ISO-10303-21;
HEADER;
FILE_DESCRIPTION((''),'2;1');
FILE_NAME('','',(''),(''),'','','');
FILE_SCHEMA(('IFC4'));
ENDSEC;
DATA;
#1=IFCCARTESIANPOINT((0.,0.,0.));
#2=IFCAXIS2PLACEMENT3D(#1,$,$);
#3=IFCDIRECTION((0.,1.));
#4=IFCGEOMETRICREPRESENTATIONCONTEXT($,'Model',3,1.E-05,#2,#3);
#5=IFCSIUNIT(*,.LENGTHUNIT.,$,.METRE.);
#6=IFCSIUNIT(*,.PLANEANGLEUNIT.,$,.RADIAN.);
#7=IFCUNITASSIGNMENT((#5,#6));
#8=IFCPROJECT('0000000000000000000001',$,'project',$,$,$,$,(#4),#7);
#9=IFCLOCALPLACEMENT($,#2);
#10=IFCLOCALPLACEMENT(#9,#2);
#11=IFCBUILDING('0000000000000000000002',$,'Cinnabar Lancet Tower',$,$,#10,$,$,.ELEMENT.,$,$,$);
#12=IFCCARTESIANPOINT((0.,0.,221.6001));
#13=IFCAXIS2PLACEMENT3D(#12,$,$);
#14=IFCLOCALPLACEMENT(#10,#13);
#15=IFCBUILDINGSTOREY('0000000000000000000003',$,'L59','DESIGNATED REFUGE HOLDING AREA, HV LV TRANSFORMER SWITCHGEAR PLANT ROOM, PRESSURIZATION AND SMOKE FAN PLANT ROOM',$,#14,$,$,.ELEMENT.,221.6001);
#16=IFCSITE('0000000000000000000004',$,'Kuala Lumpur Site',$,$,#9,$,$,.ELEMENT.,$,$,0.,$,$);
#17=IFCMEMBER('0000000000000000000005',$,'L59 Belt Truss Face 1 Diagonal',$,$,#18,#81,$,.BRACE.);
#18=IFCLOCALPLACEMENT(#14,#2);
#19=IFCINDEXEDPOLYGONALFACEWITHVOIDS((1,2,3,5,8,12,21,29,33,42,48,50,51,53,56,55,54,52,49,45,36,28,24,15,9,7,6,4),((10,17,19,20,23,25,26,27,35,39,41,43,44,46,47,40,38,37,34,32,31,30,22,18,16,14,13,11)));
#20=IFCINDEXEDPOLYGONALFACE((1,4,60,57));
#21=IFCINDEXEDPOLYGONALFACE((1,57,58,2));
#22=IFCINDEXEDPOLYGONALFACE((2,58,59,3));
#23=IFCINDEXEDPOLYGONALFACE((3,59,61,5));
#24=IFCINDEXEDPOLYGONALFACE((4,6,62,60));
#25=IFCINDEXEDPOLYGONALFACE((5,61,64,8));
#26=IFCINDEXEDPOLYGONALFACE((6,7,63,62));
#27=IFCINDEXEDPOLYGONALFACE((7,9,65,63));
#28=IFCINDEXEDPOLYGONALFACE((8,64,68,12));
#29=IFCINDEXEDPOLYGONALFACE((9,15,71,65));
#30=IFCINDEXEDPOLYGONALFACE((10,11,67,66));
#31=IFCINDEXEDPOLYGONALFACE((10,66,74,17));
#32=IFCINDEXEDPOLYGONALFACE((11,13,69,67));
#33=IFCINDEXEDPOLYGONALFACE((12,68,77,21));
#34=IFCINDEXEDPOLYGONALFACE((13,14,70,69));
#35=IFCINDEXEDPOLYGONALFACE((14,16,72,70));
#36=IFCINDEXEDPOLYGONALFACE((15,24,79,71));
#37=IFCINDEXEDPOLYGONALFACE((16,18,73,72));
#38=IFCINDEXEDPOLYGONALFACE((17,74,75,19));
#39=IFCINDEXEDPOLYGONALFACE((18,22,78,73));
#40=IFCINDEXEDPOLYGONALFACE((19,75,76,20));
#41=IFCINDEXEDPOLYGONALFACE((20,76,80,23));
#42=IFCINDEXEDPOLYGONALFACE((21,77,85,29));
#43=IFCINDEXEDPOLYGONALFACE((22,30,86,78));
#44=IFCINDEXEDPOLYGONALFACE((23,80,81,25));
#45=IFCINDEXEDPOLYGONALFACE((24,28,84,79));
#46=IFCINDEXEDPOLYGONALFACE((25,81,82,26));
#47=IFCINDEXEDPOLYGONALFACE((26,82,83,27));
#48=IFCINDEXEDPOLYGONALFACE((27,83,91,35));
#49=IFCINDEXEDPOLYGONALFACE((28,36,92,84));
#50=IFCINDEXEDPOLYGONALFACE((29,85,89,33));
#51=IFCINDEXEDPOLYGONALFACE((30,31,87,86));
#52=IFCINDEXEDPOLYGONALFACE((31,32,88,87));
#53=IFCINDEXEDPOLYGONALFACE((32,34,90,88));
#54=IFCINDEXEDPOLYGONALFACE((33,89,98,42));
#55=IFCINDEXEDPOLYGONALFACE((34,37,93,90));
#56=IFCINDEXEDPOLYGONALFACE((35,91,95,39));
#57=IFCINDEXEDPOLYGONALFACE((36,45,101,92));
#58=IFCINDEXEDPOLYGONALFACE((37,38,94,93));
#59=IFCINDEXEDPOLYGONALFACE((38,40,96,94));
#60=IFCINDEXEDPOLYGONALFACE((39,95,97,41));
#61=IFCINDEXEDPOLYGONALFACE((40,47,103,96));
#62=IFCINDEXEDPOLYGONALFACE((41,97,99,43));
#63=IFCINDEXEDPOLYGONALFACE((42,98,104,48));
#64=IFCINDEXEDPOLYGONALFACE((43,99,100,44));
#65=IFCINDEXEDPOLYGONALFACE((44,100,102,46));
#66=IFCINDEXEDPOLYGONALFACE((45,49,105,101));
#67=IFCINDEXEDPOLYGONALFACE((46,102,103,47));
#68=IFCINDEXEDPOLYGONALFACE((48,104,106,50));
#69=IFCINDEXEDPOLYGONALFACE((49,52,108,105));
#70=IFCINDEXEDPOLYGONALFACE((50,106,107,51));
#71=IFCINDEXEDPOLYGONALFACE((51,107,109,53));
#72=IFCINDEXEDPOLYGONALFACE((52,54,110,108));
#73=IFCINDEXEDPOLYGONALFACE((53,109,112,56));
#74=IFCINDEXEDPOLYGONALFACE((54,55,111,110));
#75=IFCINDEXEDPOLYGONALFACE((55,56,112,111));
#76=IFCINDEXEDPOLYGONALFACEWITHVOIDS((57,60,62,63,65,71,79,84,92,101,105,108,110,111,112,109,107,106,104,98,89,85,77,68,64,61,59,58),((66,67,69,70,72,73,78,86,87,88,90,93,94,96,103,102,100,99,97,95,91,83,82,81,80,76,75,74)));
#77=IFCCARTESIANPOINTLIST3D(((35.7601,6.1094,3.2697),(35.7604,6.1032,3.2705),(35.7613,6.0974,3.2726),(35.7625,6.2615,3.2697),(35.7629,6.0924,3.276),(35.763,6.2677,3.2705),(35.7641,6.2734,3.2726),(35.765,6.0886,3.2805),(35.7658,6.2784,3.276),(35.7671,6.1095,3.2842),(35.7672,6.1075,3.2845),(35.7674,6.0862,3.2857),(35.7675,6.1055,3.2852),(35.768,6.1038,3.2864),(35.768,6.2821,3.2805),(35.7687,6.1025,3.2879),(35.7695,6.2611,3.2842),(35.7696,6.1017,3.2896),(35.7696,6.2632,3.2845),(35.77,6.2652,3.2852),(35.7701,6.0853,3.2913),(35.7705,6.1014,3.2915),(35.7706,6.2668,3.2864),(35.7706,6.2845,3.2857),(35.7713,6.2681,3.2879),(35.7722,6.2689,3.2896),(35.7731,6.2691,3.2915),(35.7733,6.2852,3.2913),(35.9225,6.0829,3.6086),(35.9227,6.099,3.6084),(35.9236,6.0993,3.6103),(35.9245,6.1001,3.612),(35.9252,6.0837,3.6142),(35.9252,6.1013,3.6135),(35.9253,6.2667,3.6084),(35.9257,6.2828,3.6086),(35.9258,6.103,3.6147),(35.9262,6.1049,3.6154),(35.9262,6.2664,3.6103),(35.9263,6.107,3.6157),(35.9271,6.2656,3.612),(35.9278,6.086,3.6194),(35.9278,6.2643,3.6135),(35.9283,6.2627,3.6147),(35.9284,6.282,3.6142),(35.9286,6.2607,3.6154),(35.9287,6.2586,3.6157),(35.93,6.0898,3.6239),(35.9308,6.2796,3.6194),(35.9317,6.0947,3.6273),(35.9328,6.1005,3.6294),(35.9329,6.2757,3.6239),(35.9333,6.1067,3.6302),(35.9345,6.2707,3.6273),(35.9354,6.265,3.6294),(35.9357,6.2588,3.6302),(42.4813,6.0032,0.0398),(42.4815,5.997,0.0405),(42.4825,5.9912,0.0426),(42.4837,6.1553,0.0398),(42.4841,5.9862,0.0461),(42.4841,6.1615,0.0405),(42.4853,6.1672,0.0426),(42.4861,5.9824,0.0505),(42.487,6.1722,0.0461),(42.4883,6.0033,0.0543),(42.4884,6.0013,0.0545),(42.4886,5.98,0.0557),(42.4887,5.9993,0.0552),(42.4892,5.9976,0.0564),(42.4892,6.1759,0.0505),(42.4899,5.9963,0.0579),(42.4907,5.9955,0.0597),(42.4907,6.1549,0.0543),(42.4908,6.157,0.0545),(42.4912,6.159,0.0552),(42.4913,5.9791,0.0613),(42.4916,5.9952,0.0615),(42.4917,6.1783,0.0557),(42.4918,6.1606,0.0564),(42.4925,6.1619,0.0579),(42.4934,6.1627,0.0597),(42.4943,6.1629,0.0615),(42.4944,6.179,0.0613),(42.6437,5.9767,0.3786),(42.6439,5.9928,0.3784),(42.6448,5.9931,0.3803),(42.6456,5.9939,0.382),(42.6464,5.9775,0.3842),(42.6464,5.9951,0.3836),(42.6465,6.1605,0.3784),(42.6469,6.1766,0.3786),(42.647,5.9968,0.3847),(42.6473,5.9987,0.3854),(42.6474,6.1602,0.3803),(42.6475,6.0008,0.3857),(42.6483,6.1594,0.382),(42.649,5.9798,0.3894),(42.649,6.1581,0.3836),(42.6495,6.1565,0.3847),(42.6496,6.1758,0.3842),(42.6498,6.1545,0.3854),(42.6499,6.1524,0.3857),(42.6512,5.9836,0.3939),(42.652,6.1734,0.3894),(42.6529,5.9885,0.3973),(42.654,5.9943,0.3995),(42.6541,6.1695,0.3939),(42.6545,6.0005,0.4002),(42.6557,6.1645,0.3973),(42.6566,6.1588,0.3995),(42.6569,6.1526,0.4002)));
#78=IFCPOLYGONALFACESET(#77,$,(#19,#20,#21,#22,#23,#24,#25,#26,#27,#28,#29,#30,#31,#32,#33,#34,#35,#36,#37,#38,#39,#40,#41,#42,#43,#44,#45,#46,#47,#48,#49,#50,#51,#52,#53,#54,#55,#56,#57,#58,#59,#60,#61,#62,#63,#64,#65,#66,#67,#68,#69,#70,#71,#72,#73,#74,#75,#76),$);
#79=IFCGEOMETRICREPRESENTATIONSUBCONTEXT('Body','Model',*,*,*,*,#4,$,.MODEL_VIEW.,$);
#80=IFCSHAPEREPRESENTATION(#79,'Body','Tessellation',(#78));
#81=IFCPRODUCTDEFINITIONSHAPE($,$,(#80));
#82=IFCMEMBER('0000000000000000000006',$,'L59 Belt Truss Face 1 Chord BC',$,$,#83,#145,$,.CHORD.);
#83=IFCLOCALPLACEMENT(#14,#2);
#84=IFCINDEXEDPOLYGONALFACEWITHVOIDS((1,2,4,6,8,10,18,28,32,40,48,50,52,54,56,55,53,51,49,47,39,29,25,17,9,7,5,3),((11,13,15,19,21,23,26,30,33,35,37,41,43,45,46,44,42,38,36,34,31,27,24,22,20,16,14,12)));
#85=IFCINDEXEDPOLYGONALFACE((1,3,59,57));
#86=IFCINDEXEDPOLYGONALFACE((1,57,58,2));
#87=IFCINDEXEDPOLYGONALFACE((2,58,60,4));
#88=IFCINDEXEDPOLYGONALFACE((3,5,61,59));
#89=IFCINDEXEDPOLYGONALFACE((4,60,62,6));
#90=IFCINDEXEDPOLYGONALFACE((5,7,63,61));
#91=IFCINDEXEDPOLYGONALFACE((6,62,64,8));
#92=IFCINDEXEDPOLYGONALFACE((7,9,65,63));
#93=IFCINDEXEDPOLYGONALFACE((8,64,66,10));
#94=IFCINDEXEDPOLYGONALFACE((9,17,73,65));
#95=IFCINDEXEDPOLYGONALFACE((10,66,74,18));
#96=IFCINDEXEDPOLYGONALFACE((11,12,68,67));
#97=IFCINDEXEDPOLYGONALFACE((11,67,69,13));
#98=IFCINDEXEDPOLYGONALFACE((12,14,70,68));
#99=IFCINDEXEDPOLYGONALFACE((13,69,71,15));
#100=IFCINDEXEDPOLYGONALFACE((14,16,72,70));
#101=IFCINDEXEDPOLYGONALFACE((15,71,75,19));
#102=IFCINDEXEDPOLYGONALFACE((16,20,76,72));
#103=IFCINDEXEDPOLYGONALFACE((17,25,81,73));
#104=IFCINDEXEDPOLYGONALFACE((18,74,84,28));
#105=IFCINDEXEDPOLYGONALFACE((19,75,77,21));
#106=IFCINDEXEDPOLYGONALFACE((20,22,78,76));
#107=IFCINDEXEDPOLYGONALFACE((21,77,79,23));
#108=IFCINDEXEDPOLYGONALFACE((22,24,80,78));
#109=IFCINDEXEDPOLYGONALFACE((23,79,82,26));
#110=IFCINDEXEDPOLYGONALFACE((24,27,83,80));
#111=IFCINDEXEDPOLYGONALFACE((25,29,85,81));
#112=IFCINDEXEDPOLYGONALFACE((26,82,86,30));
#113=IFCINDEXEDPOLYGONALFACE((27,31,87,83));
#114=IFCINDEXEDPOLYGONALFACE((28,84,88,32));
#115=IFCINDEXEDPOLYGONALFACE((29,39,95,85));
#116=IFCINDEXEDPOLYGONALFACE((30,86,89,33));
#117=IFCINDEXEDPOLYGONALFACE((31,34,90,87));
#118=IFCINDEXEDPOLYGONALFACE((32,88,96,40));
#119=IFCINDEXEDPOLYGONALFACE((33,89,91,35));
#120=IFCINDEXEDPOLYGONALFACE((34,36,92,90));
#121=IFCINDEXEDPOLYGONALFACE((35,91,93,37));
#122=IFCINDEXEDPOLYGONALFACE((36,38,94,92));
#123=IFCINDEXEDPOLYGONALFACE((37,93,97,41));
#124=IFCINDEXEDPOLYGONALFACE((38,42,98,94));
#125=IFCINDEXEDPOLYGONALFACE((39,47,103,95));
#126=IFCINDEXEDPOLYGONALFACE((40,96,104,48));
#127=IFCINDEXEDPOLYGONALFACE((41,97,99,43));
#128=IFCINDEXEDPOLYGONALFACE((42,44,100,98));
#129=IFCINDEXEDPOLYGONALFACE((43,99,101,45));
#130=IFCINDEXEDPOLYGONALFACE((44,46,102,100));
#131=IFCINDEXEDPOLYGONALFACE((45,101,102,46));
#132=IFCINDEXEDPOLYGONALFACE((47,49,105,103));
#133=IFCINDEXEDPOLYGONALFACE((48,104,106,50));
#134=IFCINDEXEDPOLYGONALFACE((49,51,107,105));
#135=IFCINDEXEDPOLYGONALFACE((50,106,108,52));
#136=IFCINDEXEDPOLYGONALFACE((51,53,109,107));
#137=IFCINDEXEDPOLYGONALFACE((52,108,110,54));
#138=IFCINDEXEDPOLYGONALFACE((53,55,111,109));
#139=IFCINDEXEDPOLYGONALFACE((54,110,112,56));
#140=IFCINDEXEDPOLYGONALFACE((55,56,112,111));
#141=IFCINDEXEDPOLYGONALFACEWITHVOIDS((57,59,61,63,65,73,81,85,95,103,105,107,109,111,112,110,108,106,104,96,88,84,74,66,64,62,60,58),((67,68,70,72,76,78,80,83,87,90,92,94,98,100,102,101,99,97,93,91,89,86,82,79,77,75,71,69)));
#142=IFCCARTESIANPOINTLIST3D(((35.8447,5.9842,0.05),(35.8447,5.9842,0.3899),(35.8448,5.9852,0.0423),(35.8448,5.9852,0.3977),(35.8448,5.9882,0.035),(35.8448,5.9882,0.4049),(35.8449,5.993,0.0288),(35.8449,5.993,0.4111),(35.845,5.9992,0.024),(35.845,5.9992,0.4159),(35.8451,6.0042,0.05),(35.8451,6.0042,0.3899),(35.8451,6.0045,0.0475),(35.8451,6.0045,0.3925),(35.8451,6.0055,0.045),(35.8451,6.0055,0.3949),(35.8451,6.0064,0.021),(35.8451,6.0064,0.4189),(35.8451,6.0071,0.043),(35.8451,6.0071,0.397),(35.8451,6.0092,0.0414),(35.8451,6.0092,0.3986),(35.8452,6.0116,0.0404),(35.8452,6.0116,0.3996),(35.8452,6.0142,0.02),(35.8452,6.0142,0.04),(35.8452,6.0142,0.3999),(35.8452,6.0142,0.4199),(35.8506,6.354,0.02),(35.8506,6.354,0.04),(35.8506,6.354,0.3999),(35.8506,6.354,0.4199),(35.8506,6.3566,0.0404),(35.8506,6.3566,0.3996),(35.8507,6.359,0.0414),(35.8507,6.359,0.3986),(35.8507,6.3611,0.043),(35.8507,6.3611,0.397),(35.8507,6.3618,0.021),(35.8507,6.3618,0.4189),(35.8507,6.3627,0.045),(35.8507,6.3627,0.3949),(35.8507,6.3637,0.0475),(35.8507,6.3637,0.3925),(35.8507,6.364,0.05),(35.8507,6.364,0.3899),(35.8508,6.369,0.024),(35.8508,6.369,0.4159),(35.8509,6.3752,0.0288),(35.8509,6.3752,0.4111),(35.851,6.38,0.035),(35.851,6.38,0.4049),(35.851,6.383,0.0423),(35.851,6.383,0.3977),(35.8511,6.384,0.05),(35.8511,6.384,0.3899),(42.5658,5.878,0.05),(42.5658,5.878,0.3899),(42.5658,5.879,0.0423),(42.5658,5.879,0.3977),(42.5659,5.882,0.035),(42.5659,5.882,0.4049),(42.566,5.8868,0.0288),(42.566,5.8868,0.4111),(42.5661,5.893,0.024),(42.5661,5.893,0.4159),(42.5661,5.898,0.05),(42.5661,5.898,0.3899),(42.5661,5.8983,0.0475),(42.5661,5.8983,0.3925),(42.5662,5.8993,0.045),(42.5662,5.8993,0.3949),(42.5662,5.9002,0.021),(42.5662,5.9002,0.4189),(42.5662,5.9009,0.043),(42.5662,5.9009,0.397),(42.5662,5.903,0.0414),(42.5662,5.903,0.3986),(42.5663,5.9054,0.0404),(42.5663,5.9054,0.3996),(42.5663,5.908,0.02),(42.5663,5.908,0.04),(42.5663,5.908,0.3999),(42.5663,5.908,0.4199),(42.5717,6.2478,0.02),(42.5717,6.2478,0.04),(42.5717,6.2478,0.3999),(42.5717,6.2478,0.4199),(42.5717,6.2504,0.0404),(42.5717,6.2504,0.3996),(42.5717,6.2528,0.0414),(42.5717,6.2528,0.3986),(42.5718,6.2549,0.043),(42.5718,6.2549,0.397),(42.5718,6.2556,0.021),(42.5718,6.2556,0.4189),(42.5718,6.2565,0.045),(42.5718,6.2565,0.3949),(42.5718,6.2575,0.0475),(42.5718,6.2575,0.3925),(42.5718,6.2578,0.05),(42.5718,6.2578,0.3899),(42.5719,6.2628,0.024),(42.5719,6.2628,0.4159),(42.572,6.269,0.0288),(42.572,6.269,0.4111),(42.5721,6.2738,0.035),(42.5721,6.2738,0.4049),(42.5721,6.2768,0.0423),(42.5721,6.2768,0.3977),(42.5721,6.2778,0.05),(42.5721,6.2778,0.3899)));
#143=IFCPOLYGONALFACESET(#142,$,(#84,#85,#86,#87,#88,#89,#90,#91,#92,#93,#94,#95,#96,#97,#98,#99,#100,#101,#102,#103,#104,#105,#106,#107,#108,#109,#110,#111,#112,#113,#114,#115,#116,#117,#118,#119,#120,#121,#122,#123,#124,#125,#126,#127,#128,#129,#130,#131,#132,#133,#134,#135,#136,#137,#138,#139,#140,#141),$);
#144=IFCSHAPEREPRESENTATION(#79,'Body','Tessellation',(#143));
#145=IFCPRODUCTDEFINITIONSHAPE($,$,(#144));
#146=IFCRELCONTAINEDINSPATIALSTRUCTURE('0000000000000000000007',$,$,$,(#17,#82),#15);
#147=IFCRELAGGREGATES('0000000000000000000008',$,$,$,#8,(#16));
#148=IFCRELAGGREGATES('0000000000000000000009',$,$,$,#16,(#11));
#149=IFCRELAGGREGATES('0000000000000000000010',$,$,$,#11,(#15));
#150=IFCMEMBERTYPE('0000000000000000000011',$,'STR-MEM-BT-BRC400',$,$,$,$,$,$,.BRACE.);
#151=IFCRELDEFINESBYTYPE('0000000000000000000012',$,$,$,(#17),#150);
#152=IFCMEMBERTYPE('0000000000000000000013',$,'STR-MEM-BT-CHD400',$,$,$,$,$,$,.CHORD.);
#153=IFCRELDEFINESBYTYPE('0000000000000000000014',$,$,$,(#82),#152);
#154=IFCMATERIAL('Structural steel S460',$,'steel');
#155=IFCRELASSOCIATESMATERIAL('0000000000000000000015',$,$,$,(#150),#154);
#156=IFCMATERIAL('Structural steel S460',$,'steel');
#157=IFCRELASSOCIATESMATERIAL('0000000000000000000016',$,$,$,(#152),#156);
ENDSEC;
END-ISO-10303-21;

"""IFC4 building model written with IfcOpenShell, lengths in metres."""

from ifc_helpers import new_model, si_unit, direction, frame, origin, origin_2d, place, context, subcontext, project, spatial, hollow_rectangle, extrude, material, material_profile, profile_set, type_object, element, save


model = new_model("IFC4")

# Units and contexts
model_context = context("Model", 3, precision=1e-05, world=origin(), true_north=direction((0.0, 1.0)))
body_context = subcontext(model_context, "Body", "Model", "MODEL_VIEW")
ifc_project = project(units=[si_unit("LENGTHUNIT", "METRE"), si_unit("PLANEANGLEUNIT", "RADIAN")], contexts=[model_context])

# Site, building, storey
site_placement = place(None, origin())
site = spatial("IfcSite", under=ifc_project, at=site_placement, Name="Kuala Lumpur Site", CompositionType="ELEMENT", RefElevation=0.0)
building_placement = place(site_placement, origin())
building = spatial("IfcBuilding", under=site, at=building_placement, Name="Cinnabar Lancet Tower", CompositionType="ELEMENT")
storey_placement = place(building_placement, frame((0.0, 0.0, 221.6001)))
storey = spatial("IfcBuildingStorey", under=building, at=storey_placement, Name="L59", Description="DESIGNATED REFUGE HOLDING AREA, HV LV TRANSFORMER SWITCHGEAR PLANT ROOM, PRESSURIZATION AND SMOKE FAN PLANT ROOM", CompositionType="ELEMENT", Elevation=221.6001)

# Members
ifc_material_1 = material(Name="Structural steel S460", Category="steel")
ifc_material_profile_1 = material_profile(ifc_material_1, hollow_rectangle(XDim=0.2, YDim=0.3999, WallThickness=0.0161, InnerFilletRadius=0.0081, OuterFilletRadius=0.0239, at=origin_2d()), Name="RHS 400x200x16")
ifc_profile_set_1 = profile_set([ifc_material_profile_1], Name="Structural steel S460")
member_type_1 = type_object("IfcMemberType", Name="STR-MEM-BT-BRC400", PredefinedType="BRACE", material=ifc_profile_set_1)
member_1_placement = place(storey_placement, frame((35.8479, 6.1841, 3.45), z_axis=(0.901232, -0.01424, -0.433102), x_axis=(0.015799, 0.999875, 0.0)))
element("IfcMember", 1, at=member_1_placement, inside=storey, type_object=member_type_1, Name="L59 Belt Truss Face 1 Diagonal", PredefinedType="BRACE", context=body_context, shape_type="SweptSolid", body=[
    extrude(hollow_rectangle(XDim=0.2, YDim=0.3999, WallThickness=0.0161, InnerFilletRadius=0.0081, OuterFilletRadius=0.0239, at=origin_2d()), origin(), (0.0, 0.0, 1.0), 7.4578),
])
ifc_material_2 = material(Name="Structural steel S460", Category="steel")
ifc_material_profile_2 = material_profile(ifc_material_2, hollow_rectangle(XDim=0.3999, YDim=0.3999, WallThickness=0.02, InnerFilletRadius=0.01, OuterFilletRadius=0.03, at=origin_2d()), Name="SHS 400x400x20")
ifc_profile_set_2 = profile_set([ifc_material_profile_2], Name="Structural steel S460")
member_type_2 = type_object("IfcMemberType", Name="STR-MEM-BT-CHD400", PredefinedType="CHORD", material=ifc_profile_set_2)
for number, where, z_axis, x_axis, name in (
    (2, (35.8479, 6.1841, 0.22), (0.999875, -0.015799, 0.0), (0.015799, 0.999875, 0.0), "L59 Belt Truss Face 1 Chord BC"),
):
    element("IfcMember", number, at=place(storey_placement, frame(where, z_axis=z_axis, x_axis=x_axis)), inside=storey, type_object=member_type_2, Name=name, PredefinedType="CHORD", context=body_context, shape_type="SweptSolid", body=[
        extrude(hollow_rectangle(XDim=0.3999, YDim=0.3999, WallThickness=0.02, InnerFilletRadius=0.01, OuterFilletRadius=0.03, at=origin_2d()), origin(), (0.0, 0.0, 1.0), 6.7219),
    ])

save(model, "model.ifc")
